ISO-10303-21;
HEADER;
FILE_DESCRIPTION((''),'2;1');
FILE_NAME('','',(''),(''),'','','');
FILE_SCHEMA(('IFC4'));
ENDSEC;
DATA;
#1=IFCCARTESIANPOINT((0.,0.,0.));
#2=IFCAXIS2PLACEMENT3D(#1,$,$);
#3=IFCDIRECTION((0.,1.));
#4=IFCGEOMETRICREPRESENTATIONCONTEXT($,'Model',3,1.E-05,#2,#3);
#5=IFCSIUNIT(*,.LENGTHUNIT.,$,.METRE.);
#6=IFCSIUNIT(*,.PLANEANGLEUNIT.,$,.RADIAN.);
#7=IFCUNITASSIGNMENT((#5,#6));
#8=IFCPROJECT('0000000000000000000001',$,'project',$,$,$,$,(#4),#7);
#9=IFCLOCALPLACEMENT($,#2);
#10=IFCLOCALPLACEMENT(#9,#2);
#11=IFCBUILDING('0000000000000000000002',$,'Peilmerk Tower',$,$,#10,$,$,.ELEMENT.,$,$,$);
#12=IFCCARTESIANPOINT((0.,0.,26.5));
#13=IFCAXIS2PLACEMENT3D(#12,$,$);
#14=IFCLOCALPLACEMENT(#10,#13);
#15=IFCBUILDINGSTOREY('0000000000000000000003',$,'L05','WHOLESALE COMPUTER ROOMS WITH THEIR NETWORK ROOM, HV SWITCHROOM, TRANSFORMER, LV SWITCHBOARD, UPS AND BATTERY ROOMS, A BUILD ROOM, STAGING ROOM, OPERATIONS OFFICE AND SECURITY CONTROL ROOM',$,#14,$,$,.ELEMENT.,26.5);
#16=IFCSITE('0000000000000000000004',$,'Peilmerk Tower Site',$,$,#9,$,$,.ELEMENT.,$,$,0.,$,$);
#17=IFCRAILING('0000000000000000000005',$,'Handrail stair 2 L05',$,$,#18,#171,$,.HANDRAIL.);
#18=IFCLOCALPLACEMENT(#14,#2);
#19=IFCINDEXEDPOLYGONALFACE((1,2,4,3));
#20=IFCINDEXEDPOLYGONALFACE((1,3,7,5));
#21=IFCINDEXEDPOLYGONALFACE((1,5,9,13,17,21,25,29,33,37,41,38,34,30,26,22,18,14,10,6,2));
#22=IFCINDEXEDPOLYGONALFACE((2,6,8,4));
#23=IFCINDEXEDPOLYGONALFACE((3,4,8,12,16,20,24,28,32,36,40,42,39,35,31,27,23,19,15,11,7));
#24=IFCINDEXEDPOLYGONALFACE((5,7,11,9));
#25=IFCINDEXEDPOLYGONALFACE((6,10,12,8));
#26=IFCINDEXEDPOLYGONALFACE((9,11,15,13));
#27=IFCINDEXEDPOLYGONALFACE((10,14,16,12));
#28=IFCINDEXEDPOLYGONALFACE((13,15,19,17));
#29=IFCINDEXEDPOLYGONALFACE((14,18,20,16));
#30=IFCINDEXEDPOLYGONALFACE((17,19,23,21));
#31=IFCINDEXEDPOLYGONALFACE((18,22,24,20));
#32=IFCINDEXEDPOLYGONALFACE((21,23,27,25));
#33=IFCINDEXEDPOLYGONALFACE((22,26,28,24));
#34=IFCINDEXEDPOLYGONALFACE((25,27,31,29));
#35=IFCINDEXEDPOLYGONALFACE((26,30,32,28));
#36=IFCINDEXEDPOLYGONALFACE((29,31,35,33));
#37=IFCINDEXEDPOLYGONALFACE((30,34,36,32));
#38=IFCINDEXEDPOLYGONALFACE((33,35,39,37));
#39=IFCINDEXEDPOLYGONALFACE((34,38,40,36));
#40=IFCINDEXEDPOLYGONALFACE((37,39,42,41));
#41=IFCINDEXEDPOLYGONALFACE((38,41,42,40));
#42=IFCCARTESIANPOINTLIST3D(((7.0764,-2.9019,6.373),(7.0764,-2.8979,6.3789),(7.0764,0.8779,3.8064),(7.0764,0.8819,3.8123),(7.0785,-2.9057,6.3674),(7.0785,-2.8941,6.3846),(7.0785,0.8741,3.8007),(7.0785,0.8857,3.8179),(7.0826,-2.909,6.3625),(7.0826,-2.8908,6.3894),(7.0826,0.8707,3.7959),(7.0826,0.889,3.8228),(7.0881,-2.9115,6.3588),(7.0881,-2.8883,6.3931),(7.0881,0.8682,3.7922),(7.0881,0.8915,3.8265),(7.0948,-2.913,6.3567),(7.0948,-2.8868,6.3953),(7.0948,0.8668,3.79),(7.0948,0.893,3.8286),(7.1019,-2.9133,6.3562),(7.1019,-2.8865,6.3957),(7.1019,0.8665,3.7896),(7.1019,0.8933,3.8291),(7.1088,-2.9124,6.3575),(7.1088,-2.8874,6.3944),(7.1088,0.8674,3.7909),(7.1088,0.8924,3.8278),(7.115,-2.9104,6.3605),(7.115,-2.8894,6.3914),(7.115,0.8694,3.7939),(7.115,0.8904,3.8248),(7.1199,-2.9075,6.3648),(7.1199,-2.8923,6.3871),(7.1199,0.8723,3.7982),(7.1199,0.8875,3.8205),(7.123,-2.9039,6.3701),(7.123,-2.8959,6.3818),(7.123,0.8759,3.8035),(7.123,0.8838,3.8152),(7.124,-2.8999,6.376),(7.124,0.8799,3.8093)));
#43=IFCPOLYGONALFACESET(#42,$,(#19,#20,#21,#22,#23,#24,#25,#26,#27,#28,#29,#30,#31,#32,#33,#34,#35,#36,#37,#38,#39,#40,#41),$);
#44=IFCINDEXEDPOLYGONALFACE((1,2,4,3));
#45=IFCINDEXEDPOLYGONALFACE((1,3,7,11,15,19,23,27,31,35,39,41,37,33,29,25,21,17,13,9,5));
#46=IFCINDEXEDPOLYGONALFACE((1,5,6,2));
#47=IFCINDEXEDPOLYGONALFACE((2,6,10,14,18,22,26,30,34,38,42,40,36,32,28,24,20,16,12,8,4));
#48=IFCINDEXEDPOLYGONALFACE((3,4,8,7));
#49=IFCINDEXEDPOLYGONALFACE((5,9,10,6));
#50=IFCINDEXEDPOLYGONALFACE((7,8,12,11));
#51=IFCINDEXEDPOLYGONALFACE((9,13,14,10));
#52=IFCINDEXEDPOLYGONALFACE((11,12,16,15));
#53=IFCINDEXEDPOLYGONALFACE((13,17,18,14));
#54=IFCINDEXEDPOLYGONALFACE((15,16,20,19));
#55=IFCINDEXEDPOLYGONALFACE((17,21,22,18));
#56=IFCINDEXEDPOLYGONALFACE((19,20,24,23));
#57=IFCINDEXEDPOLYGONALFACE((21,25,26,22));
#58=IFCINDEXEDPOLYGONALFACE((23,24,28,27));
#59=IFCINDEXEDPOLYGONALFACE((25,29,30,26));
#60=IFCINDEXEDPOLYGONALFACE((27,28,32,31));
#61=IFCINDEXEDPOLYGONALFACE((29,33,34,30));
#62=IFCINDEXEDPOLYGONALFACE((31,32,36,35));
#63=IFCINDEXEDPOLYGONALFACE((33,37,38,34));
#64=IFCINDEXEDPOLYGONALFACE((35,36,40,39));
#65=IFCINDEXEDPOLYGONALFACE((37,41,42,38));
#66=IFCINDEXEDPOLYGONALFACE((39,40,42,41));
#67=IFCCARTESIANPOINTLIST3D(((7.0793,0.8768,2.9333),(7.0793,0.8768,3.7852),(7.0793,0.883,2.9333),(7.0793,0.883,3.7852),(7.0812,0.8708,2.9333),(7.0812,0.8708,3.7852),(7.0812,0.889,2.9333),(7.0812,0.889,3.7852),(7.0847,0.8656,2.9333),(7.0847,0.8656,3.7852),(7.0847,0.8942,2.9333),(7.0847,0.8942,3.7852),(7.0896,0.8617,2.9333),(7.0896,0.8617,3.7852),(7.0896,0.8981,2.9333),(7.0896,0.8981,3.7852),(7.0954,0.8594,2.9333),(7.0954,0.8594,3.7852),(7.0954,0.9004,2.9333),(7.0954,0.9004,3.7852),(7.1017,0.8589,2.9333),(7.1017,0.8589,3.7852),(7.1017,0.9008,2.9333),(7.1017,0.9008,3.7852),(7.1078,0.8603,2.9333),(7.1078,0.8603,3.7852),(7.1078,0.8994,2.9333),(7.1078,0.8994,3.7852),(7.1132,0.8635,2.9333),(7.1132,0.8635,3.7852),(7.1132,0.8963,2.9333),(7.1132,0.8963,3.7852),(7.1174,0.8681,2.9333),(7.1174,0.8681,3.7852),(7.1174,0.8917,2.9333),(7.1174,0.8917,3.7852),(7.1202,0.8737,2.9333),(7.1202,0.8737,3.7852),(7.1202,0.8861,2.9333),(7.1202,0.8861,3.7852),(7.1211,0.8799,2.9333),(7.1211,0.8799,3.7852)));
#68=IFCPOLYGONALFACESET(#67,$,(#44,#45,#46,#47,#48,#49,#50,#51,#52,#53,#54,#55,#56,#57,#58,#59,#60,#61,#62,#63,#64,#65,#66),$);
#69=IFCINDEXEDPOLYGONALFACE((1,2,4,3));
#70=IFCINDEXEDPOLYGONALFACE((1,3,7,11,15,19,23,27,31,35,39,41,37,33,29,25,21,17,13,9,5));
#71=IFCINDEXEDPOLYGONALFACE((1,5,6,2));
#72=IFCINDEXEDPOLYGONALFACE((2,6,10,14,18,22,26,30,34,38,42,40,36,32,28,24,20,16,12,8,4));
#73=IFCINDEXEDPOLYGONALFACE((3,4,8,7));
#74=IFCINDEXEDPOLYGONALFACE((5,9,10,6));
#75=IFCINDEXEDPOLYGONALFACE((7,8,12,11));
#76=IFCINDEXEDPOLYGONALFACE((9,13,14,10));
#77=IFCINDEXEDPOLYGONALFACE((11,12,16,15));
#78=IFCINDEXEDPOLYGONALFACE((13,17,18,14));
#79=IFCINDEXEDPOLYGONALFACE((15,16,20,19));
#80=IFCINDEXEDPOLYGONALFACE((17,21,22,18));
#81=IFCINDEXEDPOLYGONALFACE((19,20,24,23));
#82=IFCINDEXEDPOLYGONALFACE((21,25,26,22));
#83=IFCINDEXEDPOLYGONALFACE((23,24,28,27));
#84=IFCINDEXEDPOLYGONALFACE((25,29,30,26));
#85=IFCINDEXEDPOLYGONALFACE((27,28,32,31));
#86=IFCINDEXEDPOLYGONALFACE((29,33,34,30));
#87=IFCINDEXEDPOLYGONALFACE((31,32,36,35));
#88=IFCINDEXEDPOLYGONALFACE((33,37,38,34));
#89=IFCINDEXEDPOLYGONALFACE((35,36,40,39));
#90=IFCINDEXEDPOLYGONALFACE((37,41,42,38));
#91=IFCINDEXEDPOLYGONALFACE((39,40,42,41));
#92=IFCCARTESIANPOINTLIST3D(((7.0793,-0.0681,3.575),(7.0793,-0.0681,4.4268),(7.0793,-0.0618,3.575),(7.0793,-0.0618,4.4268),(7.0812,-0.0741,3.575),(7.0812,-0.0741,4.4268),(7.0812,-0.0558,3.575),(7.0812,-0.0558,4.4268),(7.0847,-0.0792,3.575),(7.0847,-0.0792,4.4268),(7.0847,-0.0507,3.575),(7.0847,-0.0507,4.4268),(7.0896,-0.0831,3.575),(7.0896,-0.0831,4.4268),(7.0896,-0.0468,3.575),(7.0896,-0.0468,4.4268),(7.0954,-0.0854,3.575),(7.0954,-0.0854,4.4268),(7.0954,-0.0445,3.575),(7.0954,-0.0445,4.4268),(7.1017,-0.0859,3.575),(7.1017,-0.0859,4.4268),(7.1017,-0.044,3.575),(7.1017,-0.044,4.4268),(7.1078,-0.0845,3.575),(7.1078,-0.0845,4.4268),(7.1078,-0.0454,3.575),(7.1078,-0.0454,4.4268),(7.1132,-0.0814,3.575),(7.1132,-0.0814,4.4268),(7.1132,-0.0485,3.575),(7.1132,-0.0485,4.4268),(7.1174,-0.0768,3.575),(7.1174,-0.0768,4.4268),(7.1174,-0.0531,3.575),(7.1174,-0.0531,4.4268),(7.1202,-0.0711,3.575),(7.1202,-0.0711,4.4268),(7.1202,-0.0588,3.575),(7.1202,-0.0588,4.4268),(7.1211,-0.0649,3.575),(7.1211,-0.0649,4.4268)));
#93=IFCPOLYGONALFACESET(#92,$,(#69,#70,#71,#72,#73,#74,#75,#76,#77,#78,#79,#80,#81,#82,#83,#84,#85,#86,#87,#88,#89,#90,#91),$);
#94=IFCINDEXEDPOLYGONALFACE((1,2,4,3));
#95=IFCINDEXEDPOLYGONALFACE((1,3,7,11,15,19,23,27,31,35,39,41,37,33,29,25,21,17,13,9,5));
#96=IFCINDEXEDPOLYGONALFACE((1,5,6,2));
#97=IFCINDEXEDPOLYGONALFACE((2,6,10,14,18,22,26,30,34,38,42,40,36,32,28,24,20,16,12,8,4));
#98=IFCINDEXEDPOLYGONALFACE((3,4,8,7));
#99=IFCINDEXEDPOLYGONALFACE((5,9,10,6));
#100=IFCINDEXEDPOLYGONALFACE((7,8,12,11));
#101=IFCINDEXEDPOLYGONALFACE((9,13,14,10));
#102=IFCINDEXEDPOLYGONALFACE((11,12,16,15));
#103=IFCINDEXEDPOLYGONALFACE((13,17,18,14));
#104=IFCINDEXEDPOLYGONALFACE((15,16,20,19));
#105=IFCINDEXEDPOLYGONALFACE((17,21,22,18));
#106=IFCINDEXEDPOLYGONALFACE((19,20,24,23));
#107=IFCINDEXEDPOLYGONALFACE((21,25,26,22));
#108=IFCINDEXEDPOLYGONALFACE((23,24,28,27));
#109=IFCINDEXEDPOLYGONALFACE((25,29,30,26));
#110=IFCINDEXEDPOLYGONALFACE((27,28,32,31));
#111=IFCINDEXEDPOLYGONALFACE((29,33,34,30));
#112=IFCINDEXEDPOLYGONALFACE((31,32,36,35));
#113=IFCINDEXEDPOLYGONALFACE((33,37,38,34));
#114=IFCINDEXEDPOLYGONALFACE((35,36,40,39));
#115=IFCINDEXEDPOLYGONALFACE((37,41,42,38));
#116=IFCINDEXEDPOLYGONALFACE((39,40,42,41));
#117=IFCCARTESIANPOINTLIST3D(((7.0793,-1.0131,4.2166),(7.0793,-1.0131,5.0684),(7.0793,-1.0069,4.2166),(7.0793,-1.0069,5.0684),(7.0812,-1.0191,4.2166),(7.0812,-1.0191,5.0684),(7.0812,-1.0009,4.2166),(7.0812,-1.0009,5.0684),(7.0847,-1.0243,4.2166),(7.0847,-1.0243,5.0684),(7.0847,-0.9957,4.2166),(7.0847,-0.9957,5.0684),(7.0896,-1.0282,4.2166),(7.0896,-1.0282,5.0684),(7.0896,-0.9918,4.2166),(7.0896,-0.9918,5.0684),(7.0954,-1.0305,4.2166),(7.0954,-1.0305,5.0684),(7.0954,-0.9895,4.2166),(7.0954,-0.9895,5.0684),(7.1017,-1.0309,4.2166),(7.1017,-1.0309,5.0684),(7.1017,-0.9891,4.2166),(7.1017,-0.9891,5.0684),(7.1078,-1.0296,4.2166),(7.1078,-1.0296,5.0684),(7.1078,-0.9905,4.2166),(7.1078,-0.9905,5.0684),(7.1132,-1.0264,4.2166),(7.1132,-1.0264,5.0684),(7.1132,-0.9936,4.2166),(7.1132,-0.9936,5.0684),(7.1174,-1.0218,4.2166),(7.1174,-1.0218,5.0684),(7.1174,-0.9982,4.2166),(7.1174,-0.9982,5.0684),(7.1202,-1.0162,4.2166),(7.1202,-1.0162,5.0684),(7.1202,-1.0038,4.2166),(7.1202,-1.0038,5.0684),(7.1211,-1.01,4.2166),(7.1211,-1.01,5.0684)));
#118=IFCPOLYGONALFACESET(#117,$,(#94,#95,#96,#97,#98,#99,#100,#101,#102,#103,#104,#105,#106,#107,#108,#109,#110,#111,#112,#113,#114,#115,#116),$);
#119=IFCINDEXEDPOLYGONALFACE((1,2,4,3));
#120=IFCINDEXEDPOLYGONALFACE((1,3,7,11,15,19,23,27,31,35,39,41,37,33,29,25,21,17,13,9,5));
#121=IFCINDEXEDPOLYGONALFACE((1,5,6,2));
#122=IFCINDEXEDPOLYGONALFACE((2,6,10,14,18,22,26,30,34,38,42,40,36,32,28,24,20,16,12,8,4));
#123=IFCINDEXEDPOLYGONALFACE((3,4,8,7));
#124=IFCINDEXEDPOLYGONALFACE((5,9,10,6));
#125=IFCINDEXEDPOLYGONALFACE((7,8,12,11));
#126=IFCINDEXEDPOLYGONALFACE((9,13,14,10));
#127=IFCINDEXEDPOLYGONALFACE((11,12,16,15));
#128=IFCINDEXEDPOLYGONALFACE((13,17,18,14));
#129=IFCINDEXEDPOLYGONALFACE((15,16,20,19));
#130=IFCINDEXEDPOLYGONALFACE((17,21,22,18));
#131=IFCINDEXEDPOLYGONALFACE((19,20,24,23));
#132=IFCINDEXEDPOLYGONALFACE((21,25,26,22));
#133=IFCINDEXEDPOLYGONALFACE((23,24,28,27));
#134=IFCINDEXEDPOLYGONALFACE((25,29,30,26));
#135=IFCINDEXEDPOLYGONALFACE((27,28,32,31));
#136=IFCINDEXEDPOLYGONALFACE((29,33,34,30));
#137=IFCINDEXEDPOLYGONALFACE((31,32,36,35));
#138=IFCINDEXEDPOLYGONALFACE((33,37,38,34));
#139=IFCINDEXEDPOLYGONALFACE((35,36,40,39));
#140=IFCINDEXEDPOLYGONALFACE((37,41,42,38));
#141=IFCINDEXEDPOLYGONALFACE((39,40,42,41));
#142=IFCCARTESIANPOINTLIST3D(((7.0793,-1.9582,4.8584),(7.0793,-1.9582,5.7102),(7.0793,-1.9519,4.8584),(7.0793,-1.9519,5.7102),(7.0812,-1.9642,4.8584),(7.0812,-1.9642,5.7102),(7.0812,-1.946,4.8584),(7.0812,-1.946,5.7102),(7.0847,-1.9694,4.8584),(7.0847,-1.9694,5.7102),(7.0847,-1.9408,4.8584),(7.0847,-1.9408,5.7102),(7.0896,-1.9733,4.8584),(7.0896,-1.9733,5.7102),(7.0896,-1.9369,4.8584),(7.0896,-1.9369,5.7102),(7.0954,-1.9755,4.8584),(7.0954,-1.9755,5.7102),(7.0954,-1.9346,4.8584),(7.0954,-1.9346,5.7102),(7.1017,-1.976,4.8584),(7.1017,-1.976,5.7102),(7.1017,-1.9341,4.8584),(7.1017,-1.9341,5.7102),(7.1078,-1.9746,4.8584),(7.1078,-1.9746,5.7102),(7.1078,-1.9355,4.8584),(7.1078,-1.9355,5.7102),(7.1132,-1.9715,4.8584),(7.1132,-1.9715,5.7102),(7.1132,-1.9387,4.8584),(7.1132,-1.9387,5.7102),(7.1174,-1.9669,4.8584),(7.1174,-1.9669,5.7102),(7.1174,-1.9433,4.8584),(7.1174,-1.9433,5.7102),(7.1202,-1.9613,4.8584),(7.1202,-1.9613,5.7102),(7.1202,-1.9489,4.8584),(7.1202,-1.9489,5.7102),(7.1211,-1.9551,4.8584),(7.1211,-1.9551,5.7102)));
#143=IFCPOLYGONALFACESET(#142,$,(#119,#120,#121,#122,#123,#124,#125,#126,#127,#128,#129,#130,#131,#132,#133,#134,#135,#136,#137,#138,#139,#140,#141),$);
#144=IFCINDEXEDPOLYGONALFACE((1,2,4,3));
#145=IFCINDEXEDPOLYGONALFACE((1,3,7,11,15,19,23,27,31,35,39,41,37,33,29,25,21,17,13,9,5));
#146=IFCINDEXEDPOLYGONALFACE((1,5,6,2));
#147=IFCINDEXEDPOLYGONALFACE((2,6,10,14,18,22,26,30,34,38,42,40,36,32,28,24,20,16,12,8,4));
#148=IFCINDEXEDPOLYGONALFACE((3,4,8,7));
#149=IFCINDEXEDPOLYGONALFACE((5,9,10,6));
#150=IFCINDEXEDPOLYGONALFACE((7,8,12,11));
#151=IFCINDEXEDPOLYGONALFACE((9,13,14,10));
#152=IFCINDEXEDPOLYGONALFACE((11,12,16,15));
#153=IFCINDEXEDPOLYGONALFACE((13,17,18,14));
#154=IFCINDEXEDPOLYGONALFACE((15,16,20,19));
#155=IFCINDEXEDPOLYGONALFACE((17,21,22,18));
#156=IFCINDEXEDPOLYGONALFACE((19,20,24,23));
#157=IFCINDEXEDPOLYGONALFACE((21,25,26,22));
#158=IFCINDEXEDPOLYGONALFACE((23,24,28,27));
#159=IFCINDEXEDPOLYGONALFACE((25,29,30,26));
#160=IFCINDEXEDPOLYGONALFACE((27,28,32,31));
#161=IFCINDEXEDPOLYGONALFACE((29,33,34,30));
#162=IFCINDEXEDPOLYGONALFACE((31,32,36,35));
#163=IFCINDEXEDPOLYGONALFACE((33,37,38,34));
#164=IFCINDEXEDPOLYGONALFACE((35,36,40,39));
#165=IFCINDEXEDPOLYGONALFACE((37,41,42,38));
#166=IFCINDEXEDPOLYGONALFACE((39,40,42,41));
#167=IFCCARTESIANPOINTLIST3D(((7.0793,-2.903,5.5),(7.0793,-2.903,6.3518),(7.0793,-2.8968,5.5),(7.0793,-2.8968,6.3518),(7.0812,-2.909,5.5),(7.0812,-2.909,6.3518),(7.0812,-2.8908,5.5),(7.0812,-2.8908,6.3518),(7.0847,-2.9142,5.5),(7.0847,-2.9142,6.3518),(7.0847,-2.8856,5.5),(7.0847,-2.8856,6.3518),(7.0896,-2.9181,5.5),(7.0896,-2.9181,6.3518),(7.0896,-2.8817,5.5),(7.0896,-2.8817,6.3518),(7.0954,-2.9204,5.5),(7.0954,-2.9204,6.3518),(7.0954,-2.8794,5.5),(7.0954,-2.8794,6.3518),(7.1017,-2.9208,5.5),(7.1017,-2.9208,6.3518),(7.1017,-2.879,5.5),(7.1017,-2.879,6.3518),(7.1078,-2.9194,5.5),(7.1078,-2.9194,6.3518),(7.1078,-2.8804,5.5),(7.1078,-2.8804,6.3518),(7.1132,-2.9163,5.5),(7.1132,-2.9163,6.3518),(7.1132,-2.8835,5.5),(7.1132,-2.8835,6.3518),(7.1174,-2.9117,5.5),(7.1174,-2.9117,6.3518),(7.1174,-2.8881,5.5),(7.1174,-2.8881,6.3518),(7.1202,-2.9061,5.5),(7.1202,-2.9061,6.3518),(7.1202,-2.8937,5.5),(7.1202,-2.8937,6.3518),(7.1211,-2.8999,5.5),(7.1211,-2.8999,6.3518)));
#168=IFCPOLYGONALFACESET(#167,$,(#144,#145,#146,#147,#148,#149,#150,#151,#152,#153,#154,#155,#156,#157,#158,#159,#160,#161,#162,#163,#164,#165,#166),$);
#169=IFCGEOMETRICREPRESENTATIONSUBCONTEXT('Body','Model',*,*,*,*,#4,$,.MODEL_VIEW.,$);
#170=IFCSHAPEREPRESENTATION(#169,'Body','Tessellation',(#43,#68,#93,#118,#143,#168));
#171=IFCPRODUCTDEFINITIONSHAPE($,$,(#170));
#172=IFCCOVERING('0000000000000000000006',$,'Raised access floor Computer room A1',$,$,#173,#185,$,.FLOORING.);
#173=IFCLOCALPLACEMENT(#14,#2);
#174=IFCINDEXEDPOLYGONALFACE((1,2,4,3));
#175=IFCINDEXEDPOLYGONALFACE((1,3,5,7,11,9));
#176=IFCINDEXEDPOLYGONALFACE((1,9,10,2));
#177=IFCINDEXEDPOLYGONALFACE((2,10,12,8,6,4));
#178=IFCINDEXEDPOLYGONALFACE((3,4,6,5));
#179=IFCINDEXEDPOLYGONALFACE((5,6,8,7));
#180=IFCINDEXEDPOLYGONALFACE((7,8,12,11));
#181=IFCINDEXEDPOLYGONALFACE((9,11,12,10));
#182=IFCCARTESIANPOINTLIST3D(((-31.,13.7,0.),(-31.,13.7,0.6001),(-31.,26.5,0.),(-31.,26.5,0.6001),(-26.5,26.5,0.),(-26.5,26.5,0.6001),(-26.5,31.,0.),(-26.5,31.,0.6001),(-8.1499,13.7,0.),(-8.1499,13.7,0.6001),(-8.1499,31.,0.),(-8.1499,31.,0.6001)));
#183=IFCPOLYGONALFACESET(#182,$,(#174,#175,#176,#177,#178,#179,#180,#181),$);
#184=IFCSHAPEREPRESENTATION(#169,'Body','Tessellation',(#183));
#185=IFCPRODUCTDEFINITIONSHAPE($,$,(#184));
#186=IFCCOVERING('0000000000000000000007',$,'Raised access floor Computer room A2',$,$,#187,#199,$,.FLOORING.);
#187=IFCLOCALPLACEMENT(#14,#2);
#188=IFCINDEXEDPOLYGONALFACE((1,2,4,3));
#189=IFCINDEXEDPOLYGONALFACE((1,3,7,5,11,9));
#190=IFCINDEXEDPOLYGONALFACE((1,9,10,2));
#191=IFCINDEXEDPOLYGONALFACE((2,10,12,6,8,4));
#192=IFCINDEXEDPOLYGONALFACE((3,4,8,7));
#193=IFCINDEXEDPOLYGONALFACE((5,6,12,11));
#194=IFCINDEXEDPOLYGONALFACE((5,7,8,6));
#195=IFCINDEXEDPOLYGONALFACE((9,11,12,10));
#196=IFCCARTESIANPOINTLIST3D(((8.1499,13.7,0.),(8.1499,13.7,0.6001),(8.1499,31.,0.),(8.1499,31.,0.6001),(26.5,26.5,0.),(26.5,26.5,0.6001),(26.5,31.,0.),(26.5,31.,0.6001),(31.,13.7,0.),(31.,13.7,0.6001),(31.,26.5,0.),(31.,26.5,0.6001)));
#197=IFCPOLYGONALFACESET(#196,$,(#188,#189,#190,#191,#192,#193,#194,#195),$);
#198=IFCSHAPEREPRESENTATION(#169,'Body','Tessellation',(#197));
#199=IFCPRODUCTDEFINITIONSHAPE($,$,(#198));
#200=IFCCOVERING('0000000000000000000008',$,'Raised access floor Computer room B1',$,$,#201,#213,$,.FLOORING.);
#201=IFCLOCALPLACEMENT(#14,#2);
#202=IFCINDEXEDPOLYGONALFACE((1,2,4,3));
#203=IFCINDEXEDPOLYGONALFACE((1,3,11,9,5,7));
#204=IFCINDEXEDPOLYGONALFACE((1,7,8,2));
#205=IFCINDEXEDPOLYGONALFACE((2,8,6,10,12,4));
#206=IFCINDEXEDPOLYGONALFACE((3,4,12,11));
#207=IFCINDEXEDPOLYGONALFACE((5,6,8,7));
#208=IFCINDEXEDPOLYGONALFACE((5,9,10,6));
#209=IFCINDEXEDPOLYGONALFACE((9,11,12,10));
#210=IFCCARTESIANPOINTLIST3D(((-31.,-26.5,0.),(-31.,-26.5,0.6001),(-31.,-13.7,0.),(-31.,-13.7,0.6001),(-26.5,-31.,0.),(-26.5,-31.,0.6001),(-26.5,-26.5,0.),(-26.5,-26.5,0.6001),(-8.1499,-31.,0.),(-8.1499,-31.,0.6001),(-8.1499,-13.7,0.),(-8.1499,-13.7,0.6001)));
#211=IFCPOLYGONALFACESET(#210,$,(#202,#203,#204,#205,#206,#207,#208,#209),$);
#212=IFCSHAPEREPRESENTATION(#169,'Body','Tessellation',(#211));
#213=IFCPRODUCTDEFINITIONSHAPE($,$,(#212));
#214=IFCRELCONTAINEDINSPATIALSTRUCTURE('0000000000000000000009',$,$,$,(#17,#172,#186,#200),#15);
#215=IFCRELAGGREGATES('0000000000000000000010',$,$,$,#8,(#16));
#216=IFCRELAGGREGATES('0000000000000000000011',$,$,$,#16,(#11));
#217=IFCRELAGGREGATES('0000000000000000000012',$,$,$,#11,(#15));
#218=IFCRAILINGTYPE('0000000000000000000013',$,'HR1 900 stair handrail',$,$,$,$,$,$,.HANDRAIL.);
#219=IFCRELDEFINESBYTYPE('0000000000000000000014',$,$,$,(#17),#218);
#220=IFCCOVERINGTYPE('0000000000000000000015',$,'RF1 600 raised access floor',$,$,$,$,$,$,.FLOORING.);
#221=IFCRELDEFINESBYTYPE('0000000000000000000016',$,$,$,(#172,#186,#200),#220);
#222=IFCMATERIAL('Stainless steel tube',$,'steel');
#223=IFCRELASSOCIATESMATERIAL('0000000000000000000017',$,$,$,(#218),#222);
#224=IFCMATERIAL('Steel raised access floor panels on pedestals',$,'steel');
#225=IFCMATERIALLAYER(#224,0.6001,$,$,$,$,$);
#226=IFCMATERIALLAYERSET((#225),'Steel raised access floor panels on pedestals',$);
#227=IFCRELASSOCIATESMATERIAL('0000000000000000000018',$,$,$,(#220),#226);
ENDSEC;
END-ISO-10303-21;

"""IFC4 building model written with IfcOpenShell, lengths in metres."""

from ifc_helpers import new_model, si_unit, direction, frame, origin, origin_2d, place, context, subcontext, project, spatial, polyline, circle, outline, extrude, material, layer, layer_set, type_object, element, save


model = new_model("IFC4")

# Units and contexts
model_context = context("Model", 3, precision=1e-05, world=origin(), true_north=direction((0.0, 1.0)))
body_context = subcontext(model_context, "Body", "Model", "MODEL_VIEW")
ifc_project = project(units=[si_unit("LENGTHUNIT", "METRE"), si_unit("PLANEANGLEUNIT", "RADIAN")], contexts=[model_context])

# Site, building, storey
site_placement = place(None, origin())
site = spatial("IfcSite", under=ifc_project, at=site_placement, Name="Peilmerk Tower Site", CompositionType="ELEMENT", RefElevation=0.0)
building_placement = place(site_placement, origin())
building = spatial("IfcBuilding", under=site, at=building_placement, Name="Peilmerk Tower", CompositionType="ELEMENT")
storey_placement = place(building_placement, frame((0.0, 0.0, 26.5)))
storey = spatial("IfcBuildingStorey", under=building, at=storey_placement, Name="L05", Description="WHOLESALE COMPUTER ROOMS WITH THEIR NETWORK ROOM, HV SWITCHROOM, TRANSFORMER, LV SWITCHBOARD, UPS AND BATTERY ROOMS, A BUILD ROOM, STAGING ROOM, OPERATIONS OFFICE AND SECURITY CONTROL ROOM", CompositionType="ELEMENT", Elevation=26.5)

# Railing
ifc_material_1 = material(Name="Stainless steel tube", Category="steel")
railing_type_1 = type_object("IfcRailingType", Name="HR1 900 stair handrail", PredefinedType="HANDRAIL", material=ifc_material_1)
railing_1_placement = place(storey_placement, frame((7.1001, 0.8799, 2.9333)))
element("IfcRailing", 1, at=railing_1_placement, inside=storey, type_object=railing_type_1, Name="Handrail stair 2 L05", PredefinedType="HANDRAIL", context=body_context, shape_type="SweptSolid", body=[
    extrude(circle(Radius=0.0239, at=origin_2d()), frame((0.0, 0.0, 0.876), z_axis=(0.0, -0.827293, 0.561771), x_axis=(1.0, 0.0, 0.0)), (0.0, 0.0, 1.0), 4.5688),
    extrude(circle(Radius=0.021, at=origin_2d()), origin(), (0.0, 0.0, 1.0), 0.8518),
    extrude(circle(Radius=0.021, at=origin_2d()), frame((0.0, -0.9448, 0.6416)), (0.0, 0.0, 1.0), 0.8518),
    extrude(circle(Radius=0.021, at=origin_2d()), frame((0.0, -1.8899, 1.2832)), (0.0, 0.0, 1.0), 0.8518),
    extrude(circle(Radius=0.021, at=origin_2d()), frame((0.0, -2.835, 1.925)), (0.0, 0.0, 1.0), 0.8518),
    extrude(circle(Radius=0.021, at=origin_2d()), frame((0.0, -3.7798, 2.5667)), (0.0, 0.0, 1.0), 0.8518),
])

# Coverings
ifc_material_2 = material(Name="Steel raised access floor panels on pedestals", Category="steel")
ifc_layer_1 = layer(ifc_material_2, 0.6001)
ifc_layer_set_1 = layer_set([ifc_layer_1], Name="Steel raised access floor panels on pedestals")
covering_type_1 = type_object("IfcCoveringType", Name="RF1 600 raised access floor", PredefinedType="FLOORING", material=ifc_layer_set_1)
covering_1_placement = place(storey_placement, origin())
element("IfcCovering", 2, at=covering_1_placement, inside=storey, type_object=covering_type_1, Name="Raised access floor Computer room A1", PredefinedType="FLOORING", context=body_context, shape_type="SweptSolid", body=[
    extrude(outline(polyline([(-31.0, 26.5), (-31.0, 13.7), (-8.1499, 13.7), (-8.1499, 31.0), (-26.5, 31.0), (-26.5, 26.5), (-31.0, 26.5)])), origin(), (0.0, 0.0, 1.0), 0.6001),
])
covering_2_placement = place(storey_placement, origin())
element("IfcCovering", 3, at=covering_2_placement, inside=storey, type_object=covering_type_1, Name="Raised access floor Computer room A2", PredefinedType="FLOORING", context=body_context, shape_type="SweptSolid", body=[
    extrude(outline(polyline([(26.5, 31.0), (8.1499, 31.0), (8.1499, 13.7), (31.0, 13.7), (31.0, 26.5), (26.5, 26.5), (26.5, 31.0)])), origin(), (0.0, 0.0, 1.0), 0.6001),
])
covering_3_placement = place(storey_placement, origin())
element("IfcCovering", 4, at=covering_3_placement, inside=storey, type_object=covering_type_1, Name="Raised access floor Computer room B1", PredefinedType="FLOORING", context=body_context, shape_type="SweptSolid", body=[
    extrude(outline(polyline([(-26.5, -31.0), (-8.1499, -31.0), (-8.1499, -13.7), (-31.0, -13.7), (-31.0, -26.5), (-26.5, -26.5), (-26.5, -31.0)])), origin(), (0.0, 0.0, 1.0), 0.6001),
])

save(model, "model.ifc")
